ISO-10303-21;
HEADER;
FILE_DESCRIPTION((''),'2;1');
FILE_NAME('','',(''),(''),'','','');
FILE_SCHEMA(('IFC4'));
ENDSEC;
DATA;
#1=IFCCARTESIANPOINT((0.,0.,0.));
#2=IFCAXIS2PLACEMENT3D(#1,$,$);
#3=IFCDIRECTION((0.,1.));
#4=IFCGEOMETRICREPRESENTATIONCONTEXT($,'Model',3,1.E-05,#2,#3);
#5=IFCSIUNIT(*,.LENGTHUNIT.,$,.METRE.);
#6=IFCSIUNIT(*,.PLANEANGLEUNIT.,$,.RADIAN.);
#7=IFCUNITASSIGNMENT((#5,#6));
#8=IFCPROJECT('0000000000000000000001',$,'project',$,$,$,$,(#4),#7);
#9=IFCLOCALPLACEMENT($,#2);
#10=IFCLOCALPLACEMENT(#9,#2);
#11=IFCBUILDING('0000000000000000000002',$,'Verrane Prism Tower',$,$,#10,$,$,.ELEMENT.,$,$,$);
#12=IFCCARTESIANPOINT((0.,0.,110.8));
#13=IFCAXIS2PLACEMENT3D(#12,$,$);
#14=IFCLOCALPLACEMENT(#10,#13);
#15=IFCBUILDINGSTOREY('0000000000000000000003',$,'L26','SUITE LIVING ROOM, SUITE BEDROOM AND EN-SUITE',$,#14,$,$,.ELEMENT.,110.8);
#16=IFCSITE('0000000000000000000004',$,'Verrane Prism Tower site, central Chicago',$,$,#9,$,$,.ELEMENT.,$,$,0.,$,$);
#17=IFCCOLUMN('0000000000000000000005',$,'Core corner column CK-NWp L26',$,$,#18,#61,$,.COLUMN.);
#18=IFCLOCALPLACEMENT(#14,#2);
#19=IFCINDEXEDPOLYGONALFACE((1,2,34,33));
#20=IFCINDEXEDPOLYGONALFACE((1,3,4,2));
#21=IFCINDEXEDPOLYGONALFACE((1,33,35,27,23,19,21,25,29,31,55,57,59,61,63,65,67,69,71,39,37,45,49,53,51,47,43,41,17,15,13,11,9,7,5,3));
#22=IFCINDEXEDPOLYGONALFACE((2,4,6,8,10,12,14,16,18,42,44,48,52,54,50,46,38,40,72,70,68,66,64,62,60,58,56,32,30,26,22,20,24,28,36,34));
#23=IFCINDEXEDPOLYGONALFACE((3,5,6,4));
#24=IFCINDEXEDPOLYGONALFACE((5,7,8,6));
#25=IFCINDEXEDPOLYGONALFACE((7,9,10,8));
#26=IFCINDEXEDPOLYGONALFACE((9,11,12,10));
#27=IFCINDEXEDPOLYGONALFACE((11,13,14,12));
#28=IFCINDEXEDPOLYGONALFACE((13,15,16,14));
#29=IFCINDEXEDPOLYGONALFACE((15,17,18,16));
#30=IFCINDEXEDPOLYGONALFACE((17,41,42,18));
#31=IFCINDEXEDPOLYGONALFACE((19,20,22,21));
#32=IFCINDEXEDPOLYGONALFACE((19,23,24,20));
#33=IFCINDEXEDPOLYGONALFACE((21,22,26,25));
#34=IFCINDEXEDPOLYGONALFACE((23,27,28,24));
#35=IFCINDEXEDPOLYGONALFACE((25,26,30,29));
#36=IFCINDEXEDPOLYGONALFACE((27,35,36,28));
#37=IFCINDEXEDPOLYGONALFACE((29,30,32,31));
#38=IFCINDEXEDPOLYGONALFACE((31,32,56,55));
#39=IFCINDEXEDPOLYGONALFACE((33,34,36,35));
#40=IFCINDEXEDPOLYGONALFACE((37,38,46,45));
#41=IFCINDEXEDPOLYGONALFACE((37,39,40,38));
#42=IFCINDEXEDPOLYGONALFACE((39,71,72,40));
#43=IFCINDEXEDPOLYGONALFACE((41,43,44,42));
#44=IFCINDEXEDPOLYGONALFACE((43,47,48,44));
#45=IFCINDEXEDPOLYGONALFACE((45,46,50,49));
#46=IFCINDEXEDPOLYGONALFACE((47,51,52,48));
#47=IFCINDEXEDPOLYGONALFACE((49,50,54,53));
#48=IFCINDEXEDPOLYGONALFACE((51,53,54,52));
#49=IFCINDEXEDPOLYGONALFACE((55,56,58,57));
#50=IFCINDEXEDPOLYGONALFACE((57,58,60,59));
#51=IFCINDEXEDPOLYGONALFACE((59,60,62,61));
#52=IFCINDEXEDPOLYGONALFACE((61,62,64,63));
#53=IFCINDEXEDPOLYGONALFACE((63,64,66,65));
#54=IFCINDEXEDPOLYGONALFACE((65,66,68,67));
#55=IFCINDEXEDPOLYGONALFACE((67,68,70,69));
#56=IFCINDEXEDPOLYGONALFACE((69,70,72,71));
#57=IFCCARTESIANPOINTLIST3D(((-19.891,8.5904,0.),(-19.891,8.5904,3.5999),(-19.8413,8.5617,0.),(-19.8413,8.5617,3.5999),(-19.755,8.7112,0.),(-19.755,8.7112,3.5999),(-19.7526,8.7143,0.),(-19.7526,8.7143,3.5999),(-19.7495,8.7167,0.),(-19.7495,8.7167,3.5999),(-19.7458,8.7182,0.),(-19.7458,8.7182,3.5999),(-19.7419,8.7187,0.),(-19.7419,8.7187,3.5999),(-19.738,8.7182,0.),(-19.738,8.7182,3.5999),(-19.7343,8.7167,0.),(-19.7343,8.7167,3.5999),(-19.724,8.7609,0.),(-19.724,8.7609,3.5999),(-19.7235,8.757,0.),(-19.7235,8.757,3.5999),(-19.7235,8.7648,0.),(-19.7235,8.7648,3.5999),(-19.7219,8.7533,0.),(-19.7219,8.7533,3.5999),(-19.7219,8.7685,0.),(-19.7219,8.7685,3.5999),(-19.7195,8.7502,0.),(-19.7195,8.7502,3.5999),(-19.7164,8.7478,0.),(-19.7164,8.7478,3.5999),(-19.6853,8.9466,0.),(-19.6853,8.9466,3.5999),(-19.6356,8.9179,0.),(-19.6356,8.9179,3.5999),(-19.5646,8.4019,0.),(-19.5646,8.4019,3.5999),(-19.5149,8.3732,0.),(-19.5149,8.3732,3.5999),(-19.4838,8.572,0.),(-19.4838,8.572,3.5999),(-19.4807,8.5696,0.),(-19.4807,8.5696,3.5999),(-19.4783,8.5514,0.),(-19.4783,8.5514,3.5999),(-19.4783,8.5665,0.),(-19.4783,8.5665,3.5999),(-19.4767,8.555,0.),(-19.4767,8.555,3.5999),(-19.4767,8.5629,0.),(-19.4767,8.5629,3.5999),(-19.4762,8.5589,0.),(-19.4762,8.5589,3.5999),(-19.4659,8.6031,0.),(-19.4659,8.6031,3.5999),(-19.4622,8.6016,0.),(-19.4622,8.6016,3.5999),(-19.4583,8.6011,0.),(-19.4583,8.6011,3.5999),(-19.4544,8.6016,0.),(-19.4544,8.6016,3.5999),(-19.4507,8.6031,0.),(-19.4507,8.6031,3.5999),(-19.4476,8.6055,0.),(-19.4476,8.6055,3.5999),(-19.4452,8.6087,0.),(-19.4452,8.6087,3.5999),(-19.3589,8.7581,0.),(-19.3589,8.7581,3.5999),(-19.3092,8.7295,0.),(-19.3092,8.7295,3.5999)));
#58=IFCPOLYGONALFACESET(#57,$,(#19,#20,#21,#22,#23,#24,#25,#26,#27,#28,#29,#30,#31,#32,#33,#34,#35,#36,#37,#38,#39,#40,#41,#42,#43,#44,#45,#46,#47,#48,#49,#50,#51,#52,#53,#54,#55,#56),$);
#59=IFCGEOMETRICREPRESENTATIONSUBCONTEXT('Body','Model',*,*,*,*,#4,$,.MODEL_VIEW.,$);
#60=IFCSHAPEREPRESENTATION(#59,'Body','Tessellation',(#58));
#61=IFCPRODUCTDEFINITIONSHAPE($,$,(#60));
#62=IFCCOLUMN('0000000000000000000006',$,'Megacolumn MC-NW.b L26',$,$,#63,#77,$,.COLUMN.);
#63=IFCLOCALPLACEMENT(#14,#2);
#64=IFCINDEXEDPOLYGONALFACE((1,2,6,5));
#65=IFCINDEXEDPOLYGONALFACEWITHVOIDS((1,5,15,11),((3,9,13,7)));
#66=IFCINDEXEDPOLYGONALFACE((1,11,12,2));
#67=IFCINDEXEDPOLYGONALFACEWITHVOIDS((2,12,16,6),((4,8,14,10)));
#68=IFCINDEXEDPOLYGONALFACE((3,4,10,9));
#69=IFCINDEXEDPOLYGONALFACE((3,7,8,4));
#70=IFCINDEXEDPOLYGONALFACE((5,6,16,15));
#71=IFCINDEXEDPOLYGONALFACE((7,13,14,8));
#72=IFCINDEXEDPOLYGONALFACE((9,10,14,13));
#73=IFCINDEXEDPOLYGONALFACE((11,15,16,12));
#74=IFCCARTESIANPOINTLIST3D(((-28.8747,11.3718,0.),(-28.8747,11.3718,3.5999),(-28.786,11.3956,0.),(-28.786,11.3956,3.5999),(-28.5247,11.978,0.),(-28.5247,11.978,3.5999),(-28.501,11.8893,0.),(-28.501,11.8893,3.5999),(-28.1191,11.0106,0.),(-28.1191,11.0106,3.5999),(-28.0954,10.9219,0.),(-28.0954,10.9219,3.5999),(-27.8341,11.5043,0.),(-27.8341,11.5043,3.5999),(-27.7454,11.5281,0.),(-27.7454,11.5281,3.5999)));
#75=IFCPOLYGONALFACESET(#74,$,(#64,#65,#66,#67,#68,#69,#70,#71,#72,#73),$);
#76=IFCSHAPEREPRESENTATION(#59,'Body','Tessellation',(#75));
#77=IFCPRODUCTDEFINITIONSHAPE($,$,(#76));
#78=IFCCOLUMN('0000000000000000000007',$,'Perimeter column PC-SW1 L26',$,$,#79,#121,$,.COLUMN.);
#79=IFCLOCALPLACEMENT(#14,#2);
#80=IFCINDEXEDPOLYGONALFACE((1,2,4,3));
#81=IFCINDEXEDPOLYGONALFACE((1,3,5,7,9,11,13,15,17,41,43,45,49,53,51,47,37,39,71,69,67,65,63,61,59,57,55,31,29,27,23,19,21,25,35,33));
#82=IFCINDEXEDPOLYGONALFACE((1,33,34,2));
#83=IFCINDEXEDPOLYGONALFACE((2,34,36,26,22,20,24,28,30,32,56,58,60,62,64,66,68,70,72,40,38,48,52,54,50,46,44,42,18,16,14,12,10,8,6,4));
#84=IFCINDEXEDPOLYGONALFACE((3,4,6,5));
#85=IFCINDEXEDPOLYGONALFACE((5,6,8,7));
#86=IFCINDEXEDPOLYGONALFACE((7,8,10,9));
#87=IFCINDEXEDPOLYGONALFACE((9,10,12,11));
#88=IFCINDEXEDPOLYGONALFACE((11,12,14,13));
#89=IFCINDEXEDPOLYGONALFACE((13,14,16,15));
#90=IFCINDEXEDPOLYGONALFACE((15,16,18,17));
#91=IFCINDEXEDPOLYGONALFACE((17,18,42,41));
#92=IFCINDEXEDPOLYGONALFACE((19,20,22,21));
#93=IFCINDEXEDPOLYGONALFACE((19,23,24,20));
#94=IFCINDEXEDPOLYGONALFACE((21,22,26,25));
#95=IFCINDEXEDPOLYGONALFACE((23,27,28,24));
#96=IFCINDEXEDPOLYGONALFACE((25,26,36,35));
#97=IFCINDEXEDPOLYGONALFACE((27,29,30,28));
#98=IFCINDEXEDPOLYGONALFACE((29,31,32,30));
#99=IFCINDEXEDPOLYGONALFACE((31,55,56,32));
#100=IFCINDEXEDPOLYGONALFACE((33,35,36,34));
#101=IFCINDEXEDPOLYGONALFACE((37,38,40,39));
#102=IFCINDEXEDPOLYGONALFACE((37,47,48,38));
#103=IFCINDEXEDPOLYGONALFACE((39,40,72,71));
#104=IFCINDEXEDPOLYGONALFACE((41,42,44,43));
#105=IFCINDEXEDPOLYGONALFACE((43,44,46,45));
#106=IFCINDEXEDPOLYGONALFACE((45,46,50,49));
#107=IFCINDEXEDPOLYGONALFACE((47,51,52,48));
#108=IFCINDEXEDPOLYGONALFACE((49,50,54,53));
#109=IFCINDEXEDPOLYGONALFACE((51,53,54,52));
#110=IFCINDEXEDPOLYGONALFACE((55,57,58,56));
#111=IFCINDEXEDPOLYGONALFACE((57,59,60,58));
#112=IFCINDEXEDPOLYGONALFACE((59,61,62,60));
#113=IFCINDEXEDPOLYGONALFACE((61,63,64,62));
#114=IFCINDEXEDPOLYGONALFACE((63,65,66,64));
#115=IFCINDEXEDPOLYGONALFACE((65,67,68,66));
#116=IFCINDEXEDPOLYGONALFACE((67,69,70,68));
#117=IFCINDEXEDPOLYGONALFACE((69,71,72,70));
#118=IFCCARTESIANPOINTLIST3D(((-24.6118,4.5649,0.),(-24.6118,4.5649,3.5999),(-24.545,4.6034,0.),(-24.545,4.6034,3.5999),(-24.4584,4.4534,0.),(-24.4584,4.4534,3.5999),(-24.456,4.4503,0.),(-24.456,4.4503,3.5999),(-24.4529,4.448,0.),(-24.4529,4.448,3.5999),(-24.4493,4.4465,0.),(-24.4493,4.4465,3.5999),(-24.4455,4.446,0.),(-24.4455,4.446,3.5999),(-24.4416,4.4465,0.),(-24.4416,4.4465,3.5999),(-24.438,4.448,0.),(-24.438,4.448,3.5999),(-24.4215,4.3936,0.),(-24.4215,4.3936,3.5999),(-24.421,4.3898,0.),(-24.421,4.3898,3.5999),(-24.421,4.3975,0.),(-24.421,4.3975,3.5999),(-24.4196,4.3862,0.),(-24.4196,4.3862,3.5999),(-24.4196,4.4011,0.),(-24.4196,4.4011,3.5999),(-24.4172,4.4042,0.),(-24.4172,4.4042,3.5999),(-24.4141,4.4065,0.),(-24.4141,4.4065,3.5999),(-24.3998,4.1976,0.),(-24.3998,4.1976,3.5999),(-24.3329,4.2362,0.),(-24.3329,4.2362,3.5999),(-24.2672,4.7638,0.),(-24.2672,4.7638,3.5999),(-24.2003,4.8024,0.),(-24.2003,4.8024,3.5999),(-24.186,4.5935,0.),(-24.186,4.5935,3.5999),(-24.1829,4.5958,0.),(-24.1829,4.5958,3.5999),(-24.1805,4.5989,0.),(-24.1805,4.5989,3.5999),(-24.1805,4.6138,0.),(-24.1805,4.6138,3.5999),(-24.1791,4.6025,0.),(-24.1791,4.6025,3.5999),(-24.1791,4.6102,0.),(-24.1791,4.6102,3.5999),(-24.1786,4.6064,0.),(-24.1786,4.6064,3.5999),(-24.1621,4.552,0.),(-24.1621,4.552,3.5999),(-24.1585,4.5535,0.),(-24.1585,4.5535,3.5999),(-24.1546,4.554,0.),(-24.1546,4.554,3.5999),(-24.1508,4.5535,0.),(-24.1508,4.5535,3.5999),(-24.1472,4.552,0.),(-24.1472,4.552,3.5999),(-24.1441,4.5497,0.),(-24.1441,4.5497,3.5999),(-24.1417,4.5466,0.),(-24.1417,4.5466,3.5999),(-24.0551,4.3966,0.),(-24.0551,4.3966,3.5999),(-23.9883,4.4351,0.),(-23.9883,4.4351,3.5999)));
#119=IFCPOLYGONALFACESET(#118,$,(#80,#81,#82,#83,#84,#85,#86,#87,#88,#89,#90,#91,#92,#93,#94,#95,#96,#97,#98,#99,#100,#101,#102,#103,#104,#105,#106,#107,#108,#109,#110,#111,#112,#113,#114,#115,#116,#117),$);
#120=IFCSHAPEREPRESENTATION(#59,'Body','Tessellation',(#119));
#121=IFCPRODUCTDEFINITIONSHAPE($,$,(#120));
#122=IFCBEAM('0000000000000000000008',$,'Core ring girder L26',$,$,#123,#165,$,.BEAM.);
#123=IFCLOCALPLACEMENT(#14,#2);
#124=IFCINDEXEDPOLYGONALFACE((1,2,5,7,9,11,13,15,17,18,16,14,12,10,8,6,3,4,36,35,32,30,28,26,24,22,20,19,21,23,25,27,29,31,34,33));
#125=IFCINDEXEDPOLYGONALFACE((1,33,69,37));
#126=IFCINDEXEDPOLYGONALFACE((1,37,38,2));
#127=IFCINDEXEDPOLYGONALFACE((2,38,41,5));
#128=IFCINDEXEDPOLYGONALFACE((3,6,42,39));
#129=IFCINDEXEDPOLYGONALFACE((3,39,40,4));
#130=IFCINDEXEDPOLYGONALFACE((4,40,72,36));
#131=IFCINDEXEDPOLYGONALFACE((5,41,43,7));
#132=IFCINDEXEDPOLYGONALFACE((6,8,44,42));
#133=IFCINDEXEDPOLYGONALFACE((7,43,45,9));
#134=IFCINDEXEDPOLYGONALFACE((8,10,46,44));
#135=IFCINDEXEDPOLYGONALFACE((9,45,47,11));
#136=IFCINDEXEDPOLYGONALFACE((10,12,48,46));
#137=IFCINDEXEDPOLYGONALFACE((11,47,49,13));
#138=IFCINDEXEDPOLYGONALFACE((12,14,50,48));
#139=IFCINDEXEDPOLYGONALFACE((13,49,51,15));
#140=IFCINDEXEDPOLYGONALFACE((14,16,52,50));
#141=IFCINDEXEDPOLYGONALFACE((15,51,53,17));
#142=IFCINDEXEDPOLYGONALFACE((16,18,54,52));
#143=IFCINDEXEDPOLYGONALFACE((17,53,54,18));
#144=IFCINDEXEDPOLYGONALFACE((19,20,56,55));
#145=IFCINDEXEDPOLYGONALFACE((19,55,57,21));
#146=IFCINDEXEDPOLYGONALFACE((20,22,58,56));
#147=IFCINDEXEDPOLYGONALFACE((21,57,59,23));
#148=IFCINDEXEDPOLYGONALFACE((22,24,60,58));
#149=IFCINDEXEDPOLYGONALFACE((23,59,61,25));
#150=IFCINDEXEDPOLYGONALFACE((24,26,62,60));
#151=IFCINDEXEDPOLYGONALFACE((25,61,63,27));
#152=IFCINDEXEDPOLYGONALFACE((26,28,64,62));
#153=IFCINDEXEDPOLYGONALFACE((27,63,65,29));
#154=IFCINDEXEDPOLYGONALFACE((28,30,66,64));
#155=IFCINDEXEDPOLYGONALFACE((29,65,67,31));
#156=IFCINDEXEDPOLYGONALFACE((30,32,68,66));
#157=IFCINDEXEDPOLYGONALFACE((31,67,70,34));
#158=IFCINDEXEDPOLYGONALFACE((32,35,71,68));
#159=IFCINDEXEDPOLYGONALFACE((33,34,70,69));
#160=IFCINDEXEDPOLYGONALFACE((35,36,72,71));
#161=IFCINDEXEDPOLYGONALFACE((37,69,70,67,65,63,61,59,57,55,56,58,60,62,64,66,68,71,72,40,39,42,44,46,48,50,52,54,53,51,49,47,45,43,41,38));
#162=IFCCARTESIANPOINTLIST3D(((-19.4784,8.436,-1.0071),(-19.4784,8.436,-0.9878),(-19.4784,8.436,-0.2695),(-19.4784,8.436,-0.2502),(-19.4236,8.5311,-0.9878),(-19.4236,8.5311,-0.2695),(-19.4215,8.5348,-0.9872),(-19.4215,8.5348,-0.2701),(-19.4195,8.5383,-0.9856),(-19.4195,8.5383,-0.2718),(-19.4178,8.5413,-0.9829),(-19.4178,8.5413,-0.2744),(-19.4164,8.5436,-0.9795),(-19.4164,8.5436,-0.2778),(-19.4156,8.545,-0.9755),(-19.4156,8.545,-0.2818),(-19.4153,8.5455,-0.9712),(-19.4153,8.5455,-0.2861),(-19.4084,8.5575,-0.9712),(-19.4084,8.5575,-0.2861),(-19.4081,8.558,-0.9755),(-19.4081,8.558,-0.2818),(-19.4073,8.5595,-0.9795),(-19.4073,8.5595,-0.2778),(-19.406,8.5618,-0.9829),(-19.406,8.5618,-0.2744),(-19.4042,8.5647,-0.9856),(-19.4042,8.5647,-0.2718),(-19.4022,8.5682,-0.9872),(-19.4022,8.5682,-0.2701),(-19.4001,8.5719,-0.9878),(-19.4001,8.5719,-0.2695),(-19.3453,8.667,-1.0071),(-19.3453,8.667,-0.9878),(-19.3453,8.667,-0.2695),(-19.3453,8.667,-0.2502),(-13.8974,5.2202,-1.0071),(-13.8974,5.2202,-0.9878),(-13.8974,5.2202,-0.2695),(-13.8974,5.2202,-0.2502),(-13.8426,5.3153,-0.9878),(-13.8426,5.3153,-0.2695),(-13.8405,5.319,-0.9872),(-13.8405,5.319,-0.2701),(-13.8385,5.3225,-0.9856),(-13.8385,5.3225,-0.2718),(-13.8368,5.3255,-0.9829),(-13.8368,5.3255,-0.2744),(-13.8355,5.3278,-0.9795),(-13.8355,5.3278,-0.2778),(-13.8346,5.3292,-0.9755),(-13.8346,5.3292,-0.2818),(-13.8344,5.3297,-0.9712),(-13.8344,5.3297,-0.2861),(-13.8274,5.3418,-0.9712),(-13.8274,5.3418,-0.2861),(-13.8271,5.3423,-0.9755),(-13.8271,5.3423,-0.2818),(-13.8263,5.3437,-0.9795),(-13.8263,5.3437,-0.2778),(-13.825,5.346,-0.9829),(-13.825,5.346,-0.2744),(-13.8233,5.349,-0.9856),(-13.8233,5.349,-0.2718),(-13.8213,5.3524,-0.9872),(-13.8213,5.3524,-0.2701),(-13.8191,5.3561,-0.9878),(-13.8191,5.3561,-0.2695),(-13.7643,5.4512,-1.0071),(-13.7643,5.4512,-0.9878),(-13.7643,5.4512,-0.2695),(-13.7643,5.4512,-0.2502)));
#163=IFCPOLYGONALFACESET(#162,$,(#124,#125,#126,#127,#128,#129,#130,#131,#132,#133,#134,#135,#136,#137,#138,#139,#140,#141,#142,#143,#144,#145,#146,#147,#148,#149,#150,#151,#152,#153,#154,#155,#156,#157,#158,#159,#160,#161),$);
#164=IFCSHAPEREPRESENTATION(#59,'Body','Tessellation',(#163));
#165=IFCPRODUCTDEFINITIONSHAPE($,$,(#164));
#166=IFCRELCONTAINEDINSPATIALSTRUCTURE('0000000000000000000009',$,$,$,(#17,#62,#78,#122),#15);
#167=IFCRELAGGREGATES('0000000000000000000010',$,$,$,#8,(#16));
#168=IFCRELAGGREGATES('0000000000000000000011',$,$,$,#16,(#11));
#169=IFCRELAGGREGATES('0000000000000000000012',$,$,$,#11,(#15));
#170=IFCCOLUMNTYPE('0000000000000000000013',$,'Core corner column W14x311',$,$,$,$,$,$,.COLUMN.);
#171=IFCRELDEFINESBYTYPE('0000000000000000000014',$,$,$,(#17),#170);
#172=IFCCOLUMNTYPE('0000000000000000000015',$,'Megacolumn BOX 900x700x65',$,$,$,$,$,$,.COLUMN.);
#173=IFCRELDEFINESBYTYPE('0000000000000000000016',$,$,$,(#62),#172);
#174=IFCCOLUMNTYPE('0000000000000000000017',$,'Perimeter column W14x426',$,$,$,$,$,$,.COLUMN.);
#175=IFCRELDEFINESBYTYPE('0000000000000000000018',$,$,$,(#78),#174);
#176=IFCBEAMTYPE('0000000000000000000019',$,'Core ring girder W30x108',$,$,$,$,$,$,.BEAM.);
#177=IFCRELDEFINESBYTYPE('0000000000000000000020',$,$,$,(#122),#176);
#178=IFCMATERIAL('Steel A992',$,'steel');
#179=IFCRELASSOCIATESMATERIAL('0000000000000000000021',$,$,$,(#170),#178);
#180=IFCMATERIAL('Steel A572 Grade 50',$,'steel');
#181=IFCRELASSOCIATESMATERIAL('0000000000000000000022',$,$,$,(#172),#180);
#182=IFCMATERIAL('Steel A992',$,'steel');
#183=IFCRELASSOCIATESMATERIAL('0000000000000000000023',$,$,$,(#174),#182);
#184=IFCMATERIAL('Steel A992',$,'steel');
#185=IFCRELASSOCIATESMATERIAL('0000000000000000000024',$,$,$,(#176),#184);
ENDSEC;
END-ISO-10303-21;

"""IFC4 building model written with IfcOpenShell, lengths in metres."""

from ifc_helpers import new_model, si_unit, direction, frame, origin, origin_2d, place, context, subcontext, project, spatial, hollow_rectangle, i_section, extrude, material, material_profile, profile_set, type_object, element, save


model = new_model("IFC4")

# Units and contexts
model_context = context("Model", 3, precision=1e-05, world=origin(), true_north=direction((0.0, 1.0)))
body_context = subcontext(model_context, "Body", "Model", "MODEL_VIEW")
ifc_project = project(units=[si_unit("LENGTHUNIT", "METRE"), si_unit("PLANEANGLEUNIT", "RADIAN")], contexts=[model_context])

# Site, building, storey
site_placement = place(None, origin())
site = spatial("IfcSite", under=ifc_project, at=site_placement, Name="Verrane Prism Tower site, central Chicago", CompositionType="ELEMENT", RefElevation=0.0)
building_placement = place(site_placement, origin())
building = spatial("IfcBuilding", under=site, at=building_placement, Name="Verrane Prism Tower", CompositionType="ELEMENT")
storey_placement = place(building_placement, frame((0.0, 0.0, 110.8)))
storey = spatial("IfcBuildingStorey", under=building, at=storey_placement, Name="L26", Description="SUITE LIVING ROOM, SUITE BEDROOM AND EN-SUITE", CompositionType="ELEMENT", Elevation=110.8)

# Columns
ifc_material_1 = material(Name="Steel A992", Category="steel")
ifc_material_profile_1 = material_profile(ifc_material_1, i_section(OverallWidth=0.4114, OverallDepth=0.4343, WebThickness=0.0359, FlangeThickness=0.0574, FilletRadius=0.0151, at=origin_2d()), Name="W14x311")
ifc_profile_set_1 = profile_set([ifc_material_profile_1], Name="Steel A992")
column_type_1 = type_object("IfcColumnType", Name="Core corner column W14x311", PredefinedType="COLUMN", material=ifc_profile_set_1)
column_1_placement = place(storey_placement, frame((-19.6001, 8.6599, 0.0), z_axis=(0.0, 0.0, 1.0), x_axis=(0.5, 0.866025, 0.0)))
element("IfcColumn", 1, at=column_1_placement, inside=storey, type_object=column_type_1, Name="Core corner column CK-NWp L26", PredefinedType="COLUMN", context=body_context, shape_type="SweptSolid", body=[
    extrude(i_section(OverallWidth=0.4114, OverallDepth=0.4343, WebThickness=0.0359, FlangeThickness=0.0574, FilletRadius=0.0151, at=origin_2d()), origin(), (0.0, 0.0, 1.0), 3.5999),
])
ifc_material_2 = material(Name="Steel A572 Grade 50", Category="steel")
ifc_material_profile_2 = material_profile(ifc_material_2, hollow_rectangle(XDim=0.7, YDim=0.8999, WallThickness=0.0649, at=origin_2d()), Name="BOX 900x700x65")
ifc_profile_set_2 = profile_set([ifc_material_profile_2], Name="Steel A572 Grade 50")
column_type_2 = type_object("IfcColumnType", Name="Megacolumn BOX 900x700x65", PredefinedType="COLUMN", material=ifc_profile_set_2)
column_2_placement = place(storey_placement, frame((-28.3101, 11.45, 0.0), z_axis=(0.0, 0.0, 1.0), x_axis=(0.5, 0.866025, 0.0)))
element("IfcColumn", 2, at=column_2_placement, inside=storey, type_object=column_type_2, Name="Megacolumn MC-NW.b L26", PredefinedType="COLUMN", context=body_context, shape_type="SweptSolid", body=[
    extrude(hollow_rectangle(XDim=0.7, YDim=0.8999, WallThickness=0.0649, at=origin_2d()), origin(), (0.0, 0.0, 1.0), 3.5999),
])
ifc_material_3 = material(Name="Steel A992", Category="steel")
ifc_material_profile_3 = material_profile(ifc_material_3, i_section(OverallWidth=0.4241, OverallDepth=0.4751, WebThickness=0.0479, FlangeThickness=0.0771, FilletRadius=0.0149, at=origin_2d()), Name="W14x426")
ifc_profile_set_3 = profile_set([ifc_material_profile_3], Name="Steel A992")
column_type_3 = type_object("IfcColumnType", Name="Perimeter column W14x426", PredefinedType="COLUMN", material=ifc_profile_set_3)
column_3_placement = place(storey_placement, frame((-24.3, 4.5, 0.0), z_axis=(0.0, 0.0, 1.0), x_axis=(-0.5, 0.866025, 0.0)))
element("IfcColumn", 3, at=column_3_placement, inside=storey, type_object=column_type_3, Name="Perimeter column PC-SW1 L26", PredefinedType="COLUMN", context=body_context, shape_type="SweptSolid", body=[
    extrude(i_section(OverallWidth=0.4241, OverallDepth=0.4751, WebThickness=0.0479, FlangeThickness=0.0771, FilletRadius=0.0149, at=origin_2d()), origin(), (0.0, 0.0, 1.0), 3.5999),
])

# Beam
ifc_material_4 = material(Name="Steel A992", Category="steel")
ifc_material_profile_4 = material_profile(ifc_material_4, i_section(OverallWidth=0.2666, OverallDepth=0.7568, WebThickness=0.0139, FlangeThickness=0.0193, FilletRadius=0.0166, at=origin_2d()), Name="W30x108")
ifc_profile_set_4 = profile_set([ifc_material_profile_4], Name="Steel A992")
beam_type_1 = type_object("IfcBeamType", Name="Core ring girder W30x108", PredefinedType="BEAM", material=ifc_profile_set_4)
beam_1_placement = place(storey_placement, frame((-19.4119, 8.5515, -0.6287), z_axis=(0.866456, -0.499254, 0.0), x_axis=(0.499254, 0.866456, 0.0)))
element("IfcBeam", 4, at=beam_1_placement, inside=storey, type_object=beam_type_1, Name="Core ring girder L26", PredefinedType="BEAM", context=body_context, shape_type="SweptSolid", body=[
    extrude(i_section(OverallWidth=0.2666, OverallDepth=0.7568, WebThickness=0.0139, FlangeThickness=0.0193, FilletRadius=0.0166, at=origin_2d()), origin(), (0.0, 0.0, 1.0), 6.4412),
])

save(model, "model.ifc")
